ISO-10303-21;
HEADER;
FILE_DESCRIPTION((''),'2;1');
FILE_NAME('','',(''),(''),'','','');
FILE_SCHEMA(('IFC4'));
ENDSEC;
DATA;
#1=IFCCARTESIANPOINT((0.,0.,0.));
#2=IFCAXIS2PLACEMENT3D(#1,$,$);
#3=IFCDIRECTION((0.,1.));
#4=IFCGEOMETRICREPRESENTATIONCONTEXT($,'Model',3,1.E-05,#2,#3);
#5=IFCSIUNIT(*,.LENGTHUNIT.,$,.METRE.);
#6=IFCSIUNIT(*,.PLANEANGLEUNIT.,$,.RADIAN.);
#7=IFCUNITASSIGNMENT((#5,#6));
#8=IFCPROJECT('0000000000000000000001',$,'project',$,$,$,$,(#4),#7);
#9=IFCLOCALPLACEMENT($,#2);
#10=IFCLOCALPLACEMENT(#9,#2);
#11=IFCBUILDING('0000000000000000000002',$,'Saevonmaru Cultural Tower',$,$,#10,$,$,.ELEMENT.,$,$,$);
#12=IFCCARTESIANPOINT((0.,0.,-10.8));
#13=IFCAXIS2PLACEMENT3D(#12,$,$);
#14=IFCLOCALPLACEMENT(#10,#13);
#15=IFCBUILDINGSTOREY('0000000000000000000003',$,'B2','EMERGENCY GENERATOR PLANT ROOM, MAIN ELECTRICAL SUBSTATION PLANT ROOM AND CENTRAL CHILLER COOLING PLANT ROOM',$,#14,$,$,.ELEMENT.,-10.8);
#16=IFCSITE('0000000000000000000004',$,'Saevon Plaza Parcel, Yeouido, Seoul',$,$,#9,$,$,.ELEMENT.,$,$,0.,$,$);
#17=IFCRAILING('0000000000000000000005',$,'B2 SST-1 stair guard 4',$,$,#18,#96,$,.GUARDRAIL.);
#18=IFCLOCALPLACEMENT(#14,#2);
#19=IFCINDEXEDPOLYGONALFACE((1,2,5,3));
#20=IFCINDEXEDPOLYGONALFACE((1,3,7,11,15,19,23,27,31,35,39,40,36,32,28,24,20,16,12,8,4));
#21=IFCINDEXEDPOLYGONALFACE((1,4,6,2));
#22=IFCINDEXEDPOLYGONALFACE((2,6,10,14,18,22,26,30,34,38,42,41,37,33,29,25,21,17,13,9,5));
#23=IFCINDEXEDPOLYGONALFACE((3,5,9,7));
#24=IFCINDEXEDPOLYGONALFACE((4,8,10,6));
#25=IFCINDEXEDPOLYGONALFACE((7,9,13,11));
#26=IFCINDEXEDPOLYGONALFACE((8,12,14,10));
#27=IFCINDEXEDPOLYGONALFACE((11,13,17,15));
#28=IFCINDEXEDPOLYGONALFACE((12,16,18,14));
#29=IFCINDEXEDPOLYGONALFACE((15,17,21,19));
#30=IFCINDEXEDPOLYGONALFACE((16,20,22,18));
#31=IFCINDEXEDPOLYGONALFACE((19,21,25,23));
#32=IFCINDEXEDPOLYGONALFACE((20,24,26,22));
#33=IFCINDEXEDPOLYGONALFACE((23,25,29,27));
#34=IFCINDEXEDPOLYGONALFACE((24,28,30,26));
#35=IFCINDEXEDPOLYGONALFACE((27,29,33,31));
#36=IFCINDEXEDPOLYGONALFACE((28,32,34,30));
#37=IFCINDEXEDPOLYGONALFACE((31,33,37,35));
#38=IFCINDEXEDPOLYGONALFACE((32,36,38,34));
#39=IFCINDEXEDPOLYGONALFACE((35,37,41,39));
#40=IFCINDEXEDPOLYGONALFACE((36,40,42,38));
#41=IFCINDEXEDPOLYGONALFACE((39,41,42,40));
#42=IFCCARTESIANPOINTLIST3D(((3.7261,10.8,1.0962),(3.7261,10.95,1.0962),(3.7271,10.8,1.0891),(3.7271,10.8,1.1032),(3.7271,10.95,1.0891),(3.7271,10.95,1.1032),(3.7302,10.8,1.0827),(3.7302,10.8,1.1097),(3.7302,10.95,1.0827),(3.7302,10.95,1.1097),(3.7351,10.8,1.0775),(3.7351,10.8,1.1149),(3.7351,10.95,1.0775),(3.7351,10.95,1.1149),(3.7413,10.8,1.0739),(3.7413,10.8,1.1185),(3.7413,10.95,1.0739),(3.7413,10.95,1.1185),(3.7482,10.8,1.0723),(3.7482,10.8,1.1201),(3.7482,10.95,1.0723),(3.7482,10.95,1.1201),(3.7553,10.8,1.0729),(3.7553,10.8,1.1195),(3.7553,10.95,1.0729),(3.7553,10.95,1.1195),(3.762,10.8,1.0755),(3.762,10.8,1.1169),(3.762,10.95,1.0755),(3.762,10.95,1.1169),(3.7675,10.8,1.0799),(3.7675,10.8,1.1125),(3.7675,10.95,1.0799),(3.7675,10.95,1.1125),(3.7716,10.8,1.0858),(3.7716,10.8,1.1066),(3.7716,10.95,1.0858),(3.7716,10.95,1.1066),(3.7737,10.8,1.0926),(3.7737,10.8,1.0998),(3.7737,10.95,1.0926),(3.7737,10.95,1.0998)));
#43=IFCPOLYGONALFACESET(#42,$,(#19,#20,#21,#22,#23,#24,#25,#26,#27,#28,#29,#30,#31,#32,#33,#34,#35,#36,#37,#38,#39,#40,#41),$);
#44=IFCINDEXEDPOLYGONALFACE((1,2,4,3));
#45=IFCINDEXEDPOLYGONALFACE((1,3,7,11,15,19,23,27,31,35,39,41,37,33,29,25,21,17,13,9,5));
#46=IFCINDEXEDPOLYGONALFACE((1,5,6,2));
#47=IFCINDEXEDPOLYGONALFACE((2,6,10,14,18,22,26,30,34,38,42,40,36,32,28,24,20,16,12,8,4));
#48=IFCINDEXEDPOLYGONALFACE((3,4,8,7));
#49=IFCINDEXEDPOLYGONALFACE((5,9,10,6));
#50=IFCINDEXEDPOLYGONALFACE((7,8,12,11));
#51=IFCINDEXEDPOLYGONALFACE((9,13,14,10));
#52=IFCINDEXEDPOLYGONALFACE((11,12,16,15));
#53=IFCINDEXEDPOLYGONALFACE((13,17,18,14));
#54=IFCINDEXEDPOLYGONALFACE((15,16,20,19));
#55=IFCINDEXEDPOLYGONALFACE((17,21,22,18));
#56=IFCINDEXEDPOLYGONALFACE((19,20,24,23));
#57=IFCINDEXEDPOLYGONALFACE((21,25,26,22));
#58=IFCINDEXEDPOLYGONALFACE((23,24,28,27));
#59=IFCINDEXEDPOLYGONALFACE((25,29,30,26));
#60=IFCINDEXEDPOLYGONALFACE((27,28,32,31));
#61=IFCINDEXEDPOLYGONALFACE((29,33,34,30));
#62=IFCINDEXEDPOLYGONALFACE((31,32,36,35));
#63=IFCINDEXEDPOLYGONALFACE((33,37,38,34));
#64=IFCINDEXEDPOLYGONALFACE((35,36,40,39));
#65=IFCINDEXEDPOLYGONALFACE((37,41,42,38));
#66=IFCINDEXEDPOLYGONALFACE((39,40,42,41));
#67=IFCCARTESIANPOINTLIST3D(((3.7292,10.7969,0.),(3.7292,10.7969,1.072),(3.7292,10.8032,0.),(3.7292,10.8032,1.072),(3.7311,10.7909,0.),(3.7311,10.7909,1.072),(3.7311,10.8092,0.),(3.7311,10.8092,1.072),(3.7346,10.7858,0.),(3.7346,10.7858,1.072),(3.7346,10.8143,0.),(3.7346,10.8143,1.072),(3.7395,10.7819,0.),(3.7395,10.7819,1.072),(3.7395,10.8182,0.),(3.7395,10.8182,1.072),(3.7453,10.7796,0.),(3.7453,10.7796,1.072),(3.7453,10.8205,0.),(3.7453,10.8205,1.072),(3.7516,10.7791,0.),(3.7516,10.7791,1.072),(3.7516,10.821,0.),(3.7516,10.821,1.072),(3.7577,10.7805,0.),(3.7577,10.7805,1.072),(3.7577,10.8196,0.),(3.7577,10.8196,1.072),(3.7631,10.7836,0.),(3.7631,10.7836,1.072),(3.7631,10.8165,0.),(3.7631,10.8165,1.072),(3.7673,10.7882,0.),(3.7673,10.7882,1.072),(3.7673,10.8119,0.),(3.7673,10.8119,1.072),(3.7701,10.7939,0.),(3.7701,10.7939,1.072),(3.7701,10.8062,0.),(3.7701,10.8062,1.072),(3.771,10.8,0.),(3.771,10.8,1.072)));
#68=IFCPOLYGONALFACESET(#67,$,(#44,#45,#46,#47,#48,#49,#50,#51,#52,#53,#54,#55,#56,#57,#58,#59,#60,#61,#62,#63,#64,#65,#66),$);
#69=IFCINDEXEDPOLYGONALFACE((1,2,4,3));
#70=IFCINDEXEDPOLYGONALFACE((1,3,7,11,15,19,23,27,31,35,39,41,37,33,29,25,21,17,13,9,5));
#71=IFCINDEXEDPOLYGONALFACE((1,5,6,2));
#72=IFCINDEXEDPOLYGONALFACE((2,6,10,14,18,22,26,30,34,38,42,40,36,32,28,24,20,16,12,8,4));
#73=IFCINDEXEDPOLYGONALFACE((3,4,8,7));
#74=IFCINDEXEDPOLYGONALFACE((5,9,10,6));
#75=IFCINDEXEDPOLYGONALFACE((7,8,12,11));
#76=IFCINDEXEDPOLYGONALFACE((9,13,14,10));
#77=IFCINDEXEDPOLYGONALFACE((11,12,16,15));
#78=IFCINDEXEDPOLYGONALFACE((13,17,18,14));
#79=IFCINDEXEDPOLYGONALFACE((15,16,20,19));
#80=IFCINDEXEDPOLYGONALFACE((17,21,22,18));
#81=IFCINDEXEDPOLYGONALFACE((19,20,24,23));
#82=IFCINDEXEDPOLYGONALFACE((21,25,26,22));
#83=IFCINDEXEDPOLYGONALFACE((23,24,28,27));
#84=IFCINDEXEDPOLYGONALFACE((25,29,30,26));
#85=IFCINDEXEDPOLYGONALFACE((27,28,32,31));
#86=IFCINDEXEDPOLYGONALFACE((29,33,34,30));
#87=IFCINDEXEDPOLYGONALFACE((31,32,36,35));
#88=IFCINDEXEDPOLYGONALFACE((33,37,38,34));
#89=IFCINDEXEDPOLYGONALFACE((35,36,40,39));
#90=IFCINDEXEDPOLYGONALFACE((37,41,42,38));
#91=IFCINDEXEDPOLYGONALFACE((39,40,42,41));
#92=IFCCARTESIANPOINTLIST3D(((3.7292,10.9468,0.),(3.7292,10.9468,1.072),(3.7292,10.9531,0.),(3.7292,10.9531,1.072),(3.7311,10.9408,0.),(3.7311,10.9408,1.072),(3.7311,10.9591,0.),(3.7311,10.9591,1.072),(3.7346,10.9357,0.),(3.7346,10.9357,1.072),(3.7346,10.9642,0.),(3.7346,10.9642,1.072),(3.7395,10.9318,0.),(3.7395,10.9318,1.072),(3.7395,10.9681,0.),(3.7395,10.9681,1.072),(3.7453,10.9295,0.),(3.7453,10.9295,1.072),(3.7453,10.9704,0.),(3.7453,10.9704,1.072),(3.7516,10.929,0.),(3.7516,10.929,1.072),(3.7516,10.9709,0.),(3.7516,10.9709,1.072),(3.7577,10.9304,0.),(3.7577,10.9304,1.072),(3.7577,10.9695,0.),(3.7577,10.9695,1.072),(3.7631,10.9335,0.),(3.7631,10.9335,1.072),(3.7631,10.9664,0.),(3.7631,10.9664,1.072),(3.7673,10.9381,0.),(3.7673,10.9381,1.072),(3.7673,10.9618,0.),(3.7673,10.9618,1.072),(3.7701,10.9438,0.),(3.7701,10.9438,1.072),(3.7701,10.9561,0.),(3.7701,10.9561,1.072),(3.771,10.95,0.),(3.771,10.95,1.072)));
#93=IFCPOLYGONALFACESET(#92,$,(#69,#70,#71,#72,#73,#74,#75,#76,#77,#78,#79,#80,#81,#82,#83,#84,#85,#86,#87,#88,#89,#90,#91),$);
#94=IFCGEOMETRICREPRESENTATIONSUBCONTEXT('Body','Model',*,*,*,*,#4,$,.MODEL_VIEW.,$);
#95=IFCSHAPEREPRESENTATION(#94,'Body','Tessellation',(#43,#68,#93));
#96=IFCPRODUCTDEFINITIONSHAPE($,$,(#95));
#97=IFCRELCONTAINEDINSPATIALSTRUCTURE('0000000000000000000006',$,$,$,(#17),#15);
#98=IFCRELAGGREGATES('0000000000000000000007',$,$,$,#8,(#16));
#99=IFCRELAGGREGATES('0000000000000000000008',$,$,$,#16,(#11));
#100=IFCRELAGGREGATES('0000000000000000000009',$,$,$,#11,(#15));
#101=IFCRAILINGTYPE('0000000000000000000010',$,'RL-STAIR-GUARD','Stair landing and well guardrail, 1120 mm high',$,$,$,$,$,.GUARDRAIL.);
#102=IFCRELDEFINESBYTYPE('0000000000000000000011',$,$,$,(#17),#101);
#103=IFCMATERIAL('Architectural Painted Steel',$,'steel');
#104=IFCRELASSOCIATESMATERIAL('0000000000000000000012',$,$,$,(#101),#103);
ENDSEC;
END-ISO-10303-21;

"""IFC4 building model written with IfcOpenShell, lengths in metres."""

from ifc_helpers import new_model, si_unit, direction, frame, origin, origin_2d, place, context, subcontext, project, spatial, circle, extrude, material, type_object, element, save


model = new_model("IFC4")

# Units and contexts
model_context = context("Model", 3, precision=1e-05, world=origin(), true_north=direction((0.0, 1.0)))
body_context = subcontext(model_context, "Body", "Model", "MODEL_VIEW")
ifc_project = project(units=[si_unit("LENGTHUNIT", "METRE"), si_unit("PLANEANGLEUNIT", "RADIAN")], contexts=[model_context])

# Site, building, storey
site_placement = place(None, origin())
site = spatial("IfcSite", under=ifc_project, at=site_placement, Name="Saevon Plaza Parcel, Yeouido, Seoul", CompositionType="ELEMENT", RefElevation=0.0)
building_placement = place(site_placement, origin())
building = spatial("IfcBuilding", under=site, at=building_placement, Name="Saevonmaru Cultural Tower", CompositionType="ELEMENT")
storey_placement = place(building_placement, frame((0.0, 0.0, -10.8)))
storey = spatial("IfcBuildingStorey", under=building, at=storey_placement, Name="B2", Description="EMERGENCY GENERATOR PLANT ROOM, MAIN ELECTRICAL SUBSTATION PLANT ROOM AND CENTRAL CHILLER COOLING PLANT ROOM", CompositionType="ELEMENT", Elevation=-10.8)

# Railing
ifc_material_1 = material(Name="Architectural Painted Steel", Category="steel")
railing_type_1 = type_object("IfcRailingType", Name="RL-STAIR-GUARD", Description="Stair landing and well guardrail, 1120 mm high", PredefinedType="GUARDRAIL", material=ifc_material_1)
railing_1_placement = place(storey_placement, frame((3.75, 10.8, 0.0)))
element("IfcRailing", 1, at=railing_1_placement, inside=storey, type_object=railing_type_1, Name="B2 SST-1 stair guard 4", PredefinedType="GUARDRAIL", context=body_context, shape_type="SweptSolid", body=[
    extrude(circle(Radius=0.0239, at=origin_2d()), frame((0.0, 0.0, 1.0962), z_axis=(0.0, 1.0, 0.0), x_axis=(-1.0, 0.0, 0.0)), (0.0, 0.0, 1.0), 0.1499),
    extrude(circle(Radius=0.021, at=origin_2d()), origin(), (0.0, 0.0, 1.0), 1.072),
    extrude(circle(Radius=0.021, at=origin_2d()), frame((0.0, 0.1499, 0.0)), (0.0, 0.0, 1.0), 1.072),
])

save(model, "model.ifc")
